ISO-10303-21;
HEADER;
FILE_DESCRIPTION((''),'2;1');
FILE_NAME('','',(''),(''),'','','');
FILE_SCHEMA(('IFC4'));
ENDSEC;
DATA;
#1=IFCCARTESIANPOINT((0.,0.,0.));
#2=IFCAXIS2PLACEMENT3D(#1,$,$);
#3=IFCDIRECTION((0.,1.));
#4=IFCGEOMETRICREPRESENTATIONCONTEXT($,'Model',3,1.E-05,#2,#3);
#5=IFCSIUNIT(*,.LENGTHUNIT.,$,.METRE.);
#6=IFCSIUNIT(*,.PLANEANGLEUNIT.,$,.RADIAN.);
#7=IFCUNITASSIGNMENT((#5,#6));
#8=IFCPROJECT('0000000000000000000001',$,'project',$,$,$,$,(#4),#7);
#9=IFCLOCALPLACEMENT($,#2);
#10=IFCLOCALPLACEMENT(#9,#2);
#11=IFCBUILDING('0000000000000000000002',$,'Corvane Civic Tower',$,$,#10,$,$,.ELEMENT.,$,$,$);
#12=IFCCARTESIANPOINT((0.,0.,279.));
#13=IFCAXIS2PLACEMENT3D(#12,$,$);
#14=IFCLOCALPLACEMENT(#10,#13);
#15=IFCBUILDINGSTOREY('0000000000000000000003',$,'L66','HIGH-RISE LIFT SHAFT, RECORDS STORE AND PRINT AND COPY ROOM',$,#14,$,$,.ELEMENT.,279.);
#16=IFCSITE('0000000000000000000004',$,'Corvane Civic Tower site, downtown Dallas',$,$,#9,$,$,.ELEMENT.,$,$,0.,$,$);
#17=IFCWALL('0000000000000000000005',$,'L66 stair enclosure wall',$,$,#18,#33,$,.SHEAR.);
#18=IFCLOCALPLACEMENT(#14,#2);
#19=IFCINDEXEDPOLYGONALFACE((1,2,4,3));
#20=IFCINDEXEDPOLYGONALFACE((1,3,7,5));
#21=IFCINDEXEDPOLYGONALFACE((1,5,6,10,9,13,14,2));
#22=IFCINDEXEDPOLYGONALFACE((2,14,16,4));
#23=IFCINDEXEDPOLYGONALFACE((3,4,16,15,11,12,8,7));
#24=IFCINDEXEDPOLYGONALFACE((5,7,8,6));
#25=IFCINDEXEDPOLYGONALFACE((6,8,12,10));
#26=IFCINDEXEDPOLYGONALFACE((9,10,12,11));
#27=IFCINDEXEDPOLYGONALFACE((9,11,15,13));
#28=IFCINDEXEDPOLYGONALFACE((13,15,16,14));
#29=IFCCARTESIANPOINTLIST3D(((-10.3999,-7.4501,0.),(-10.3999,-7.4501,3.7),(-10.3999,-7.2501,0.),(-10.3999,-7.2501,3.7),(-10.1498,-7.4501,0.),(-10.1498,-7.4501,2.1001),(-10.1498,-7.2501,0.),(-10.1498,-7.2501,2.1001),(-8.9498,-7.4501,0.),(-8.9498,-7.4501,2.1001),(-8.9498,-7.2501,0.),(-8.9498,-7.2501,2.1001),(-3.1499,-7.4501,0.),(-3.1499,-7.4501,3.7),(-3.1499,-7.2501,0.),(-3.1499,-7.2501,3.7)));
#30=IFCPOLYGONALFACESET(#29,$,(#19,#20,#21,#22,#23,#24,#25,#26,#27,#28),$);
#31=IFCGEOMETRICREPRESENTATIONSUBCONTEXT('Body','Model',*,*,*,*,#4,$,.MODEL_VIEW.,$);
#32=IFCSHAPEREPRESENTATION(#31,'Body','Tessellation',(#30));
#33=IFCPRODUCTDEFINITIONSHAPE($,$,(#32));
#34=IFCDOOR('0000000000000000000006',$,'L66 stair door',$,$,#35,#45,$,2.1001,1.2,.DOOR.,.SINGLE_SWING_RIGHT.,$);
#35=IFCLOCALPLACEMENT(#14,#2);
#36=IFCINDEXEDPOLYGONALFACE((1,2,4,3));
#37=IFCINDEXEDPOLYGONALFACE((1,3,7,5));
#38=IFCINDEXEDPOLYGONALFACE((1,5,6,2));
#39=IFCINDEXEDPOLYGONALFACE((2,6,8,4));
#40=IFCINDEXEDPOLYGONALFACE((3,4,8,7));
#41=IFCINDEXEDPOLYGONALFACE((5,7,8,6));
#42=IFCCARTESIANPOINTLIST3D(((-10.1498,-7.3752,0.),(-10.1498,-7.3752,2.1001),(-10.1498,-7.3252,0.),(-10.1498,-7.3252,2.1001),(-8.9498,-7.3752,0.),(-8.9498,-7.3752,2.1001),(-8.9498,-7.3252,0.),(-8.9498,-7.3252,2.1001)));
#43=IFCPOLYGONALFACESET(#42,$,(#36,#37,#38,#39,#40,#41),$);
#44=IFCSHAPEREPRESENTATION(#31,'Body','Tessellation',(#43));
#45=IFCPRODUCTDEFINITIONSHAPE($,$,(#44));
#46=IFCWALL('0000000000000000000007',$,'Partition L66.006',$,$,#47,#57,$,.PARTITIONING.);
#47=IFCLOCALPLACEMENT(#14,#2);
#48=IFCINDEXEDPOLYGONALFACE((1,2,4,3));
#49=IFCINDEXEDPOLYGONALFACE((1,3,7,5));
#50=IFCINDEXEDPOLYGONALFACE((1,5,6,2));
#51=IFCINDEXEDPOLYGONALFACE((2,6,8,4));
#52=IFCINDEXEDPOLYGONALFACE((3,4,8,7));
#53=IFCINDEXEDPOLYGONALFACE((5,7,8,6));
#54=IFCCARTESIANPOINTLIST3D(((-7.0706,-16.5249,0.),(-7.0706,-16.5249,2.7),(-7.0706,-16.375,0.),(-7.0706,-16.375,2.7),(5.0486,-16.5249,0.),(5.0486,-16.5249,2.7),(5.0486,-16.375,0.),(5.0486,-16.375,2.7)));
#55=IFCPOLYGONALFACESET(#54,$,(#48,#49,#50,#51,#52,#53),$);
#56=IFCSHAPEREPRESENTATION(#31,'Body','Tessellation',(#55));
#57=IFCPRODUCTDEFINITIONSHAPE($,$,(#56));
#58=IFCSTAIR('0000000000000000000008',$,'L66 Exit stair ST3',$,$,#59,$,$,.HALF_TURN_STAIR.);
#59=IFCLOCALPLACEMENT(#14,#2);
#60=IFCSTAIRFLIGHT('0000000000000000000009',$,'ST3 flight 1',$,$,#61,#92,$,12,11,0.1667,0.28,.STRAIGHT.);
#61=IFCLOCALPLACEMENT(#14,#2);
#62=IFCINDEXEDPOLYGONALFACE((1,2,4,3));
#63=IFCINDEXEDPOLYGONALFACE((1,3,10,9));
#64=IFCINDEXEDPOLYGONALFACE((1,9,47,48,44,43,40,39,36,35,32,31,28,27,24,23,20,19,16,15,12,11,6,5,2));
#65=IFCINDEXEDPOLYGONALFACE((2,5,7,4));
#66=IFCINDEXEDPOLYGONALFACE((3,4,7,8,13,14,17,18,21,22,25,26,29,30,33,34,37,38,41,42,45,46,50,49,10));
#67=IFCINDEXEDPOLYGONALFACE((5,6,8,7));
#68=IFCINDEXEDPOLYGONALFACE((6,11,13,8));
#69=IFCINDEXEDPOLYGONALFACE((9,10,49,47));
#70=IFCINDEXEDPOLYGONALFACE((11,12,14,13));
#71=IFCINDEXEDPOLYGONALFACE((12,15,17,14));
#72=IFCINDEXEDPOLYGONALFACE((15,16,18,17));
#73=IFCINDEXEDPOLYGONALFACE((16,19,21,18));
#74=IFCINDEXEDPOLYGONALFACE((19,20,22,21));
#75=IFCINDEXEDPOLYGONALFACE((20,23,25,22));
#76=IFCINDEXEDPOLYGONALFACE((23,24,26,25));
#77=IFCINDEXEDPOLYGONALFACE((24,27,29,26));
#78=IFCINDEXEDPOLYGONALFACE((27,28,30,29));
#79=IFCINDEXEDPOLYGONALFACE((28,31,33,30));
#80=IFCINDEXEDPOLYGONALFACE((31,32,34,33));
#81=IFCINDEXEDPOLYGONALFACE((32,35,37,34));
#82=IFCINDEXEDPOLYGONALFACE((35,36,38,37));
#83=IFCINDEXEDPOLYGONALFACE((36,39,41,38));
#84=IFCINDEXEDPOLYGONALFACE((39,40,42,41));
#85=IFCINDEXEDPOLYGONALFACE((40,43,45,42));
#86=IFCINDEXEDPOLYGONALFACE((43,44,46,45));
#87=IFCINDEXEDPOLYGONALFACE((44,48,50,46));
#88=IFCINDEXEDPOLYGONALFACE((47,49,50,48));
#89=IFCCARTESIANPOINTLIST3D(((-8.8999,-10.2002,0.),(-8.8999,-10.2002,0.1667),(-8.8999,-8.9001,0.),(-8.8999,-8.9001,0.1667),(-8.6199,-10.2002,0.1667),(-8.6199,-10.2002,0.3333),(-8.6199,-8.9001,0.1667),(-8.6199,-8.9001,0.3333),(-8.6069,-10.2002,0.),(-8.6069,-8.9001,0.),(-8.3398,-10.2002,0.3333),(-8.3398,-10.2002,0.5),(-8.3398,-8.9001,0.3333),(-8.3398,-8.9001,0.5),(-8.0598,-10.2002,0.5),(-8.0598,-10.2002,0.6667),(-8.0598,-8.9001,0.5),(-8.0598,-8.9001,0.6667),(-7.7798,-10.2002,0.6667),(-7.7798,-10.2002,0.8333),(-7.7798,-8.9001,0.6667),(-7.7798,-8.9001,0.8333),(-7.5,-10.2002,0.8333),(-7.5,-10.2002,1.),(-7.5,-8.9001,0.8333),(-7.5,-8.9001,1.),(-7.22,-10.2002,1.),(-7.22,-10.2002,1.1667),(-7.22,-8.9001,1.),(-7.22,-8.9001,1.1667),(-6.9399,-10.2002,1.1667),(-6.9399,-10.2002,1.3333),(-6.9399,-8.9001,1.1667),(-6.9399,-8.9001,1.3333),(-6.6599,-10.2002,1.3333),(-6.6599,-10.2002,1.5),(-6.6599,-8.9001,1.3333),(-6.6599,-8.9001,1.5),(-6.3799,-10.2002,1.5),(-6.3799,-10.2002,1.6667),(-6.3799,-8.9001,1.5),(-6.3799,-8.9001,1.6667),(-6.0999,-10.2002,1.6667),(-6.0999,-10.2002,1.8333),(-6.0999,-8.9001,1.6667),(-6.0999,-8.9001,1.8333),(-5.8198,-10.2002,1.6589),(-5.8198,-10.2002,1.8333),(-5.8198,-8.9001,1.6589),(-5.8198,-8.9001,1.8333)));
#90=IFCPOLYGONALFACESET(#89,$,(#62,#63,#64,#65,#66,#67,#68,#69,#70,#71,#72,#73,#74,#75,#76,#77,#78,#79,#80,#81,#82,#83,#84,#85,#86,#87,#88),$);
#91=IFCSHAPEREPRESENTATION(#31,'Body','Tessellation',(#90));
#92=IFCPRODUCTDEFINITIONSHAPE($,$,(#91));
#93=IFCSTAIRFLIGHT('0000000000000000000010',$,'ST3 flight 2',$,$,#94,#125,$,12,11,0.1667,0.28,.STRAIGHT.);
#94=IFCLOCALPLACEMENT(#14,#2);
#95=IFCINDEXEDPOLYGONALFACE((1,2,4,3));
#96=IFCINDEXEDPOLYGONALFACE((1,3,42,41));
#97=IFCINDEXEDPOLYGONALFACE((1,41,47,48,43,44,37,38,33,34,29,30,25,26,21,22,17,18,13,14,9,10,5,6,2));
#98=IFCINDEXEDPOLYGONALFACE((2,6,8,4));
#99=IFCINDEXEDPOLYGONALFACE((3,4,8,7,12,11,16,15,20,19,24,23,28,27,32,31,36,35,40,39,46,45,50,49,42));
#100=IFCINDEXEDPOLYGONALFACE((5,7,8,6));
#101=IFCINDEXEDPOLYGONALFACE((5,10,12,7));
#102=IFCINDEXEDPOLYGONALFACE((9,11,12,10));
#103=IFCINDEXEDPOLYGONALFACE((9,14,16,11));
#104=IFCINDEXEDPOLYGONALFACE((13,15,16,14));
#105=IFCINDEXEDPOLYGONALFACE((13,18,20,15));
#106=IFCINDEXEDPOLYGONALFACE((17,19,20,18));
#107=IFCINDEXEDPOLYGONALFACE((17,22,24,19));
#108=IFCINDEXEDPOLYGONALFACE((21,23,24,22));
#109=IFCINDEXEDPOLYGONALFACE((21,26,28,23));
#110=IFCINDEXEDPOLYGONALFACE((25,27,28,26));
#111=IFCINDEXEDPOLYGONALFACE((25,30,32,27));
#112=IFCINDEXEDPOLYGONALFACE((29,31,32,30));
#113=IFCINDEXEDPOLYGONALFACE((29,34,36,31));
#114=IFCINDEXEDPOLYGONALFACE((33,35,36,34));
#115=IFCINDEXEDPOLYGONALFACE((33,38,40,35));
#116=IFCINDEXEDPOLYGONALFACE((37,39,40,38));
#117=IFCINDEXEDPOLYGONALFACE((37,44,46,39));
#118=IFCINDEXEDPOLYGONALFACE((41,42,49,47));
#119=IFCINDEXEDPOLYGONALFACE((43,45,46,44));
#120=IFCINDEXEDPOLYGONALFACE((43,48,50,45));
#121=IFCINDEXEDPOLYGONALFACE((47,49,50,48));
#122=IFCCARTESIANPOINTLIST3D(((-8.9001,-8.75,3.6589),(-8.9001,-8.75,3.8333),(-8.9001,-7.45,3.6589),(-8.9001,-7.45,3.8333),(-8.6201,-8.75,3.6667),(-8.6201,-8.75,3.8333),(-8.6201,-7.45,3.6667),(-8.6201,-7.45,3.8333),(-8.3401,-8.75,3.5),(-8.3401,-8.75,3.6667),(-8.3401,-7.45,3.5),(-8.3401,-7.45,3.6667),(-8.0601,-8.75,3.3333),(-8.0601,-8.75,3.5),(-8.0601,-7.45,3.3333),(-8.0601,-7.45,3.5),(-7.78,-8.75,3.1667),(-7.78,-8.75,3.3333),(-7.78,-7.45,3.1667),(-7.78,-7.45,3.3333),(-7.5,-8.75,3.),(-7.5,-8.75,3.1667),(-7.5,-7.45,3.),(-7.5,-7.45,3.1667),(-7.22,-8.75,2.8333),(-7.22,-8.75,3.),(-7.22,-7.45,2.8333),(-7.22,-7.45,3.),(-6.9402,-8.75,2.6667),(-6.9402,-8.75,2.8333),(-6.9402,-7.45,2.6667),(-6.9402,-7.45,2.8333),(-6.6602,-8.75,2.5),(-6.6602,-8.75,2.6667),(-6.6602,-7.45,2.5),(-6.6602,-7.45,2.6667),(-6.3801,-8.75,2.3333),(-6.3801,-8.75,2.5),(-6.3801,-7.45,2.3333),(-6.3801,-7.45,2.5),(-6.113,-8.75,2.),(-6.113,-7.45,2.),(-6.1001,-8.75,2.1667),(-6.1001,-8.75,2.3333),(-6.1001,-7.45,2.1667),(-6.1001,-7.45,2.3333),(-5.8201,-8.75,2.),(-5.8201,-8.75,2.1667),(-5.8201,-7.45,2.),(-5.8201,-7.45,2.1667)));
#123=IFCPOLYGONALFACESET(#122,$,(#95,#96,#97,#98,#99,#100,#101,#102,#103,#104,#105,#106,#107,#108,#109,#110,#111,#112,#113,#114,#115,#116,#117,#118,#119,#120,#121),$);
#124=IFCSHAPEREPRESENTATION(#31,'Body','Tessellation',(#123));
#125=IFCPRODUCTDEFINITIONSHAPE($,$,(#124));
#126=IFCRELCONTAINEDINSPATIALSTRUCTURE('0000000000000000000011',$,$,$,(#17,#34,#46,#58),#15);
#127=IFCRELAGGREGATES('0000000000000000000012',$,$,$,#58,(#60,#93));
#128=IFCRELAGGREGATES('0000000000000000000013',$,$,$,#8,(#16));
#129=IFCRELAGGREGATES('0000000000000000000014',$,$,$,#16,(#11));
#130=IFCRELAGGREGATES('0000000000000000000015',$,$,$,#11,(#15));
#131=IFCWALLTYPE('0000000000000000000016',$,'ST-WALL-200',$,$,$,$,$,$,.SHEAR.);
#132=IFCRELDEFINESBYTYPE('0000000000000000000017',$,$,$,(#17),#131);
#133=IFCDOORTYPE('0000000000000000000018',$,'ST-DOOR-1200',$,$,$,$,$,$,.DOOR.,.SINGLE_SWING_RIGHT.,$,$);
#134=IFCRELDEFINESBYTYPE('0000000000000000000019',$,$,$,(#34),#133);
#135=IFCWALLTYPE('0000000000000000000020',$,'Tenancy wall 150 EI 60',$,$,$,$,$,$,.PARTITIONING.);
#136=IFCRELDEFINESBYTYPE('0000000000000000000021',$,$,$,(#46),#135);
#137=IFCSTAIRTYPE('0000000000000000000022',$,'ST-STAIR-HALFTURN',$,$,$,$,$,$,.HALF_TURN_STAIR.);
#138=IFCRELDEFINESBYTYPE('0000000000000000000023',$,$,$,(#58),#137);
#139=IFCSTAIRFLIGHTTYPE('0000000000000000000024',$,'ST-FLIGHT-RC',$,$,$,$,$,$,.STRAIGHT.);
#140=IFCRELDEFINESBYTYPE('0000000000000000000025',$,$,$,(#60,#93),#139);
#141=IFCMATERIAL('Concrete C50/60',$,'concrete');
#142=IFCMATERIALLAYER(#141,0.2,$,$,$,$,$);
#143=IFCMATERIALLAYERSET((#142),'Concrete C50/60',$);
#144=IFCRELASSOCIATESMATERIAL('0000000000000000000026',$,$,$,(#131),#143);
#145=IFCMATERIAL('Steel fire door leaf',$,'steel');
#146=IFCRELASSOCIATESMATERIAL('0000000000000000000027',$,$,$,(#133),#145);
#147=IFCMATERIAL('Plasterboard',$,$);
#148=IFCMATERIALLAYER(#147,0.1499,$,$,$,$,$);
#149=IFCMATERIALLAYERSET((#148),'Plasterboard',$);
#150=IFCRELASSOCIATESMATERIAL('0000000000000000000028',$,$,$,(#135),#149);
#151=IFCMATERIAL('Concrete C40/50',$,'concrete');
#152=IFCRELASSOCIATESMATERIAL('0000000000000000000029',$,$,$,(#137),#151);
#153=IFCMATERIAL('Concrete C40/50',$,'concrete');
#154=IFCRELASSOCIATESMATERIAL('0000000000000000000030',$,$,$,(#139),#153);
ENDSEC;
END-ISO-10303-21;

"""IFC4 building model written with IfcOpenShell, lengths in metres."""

from ifc_helpers import new_model, si_unit, direction, frame, frame_2d, origin, place, context, subcontext, project, spatial, polyline, rectangle, outline, extrude, material, layer, layer_set, type_object, element, fill, aggregate, save


model = new_model("IFC4")

# Units and contexts
model_context = context("Model", 3, precision=1e-05, world=origin(), true_north=direction((0.0, 1.0)))
body_context = subcontext(model_context, "Body", "Model", "MODEL_VIEW")
ifc_project = project(units=[si_unit("LENGTHUNIT", "METRE"), si_unit("PLANEANGLEUNIT", "RADIAN")], contexts=[model_context])

# Site, building, storey
site_placement = place(None, origin())
site = spatial("IfcSite", under=ifc_project, at=site_placement, Name="Corvane Civic Tower site, downtown Dallas", CompositionType="ELEMENT", RefElevation=0.0)
building_placement = place(site_placement, origin())
building = spatial("IfcBuilding", under=site, at=building_placement, Name="Corvane Civic Tower", CompositionType="ELEMENT")
storey_placement = place(building_placement, frame((0.0, 0.0, 279.0)))
storey = spatial("IfcBuildingStorey", under=building, at=storey_placement, Name="L66", Description="HIGH-RISE LIFT SHAFT, RECORDS STORE AND PRINT AND COPY ROOM", CompositionType="ELEMENT", Elevation=279.0)

# Wall, opening, door
ifc_material_1 = material(Name="Concrete C50/60", Category="concrete")
ifc_layer_1 = layer(ifc_material_1, 0.2)
ifc_layer_set_1 = layer_set([ifc_layer_1], Name="Concrete C50/60")
wall_type_1 = type_object("IfcWallType", Name="ST-WALL-200", PredefinedType="SHEAR", material=ifc_layer_set_1)
wall_1_placement = place(storey_placement, frame((-10.3999, -7.3501, 0.0), z_axis=(0.0, 0.0, 1.0), x_axis=(1.0, 0.0, 0.0)))
wall_1 = element("IfcWall", 1, at=wall_1_placement, inside=storey, type_object=wall_type_1, Name="L66 stair enclosure wall", PredefinedType="SHEAR", context=body_context, shape_type="SweptSolid", body=[
    extrude(rectangle(XDim=7.25, YDim=0.2, at=frame_2d((3.625, 0.0))), origin(), (0.0, 0.0, 1.0), 3.7),
])
opening_1_placement = place(wall_1_placement, frame((0.25, 0.0, 0.0)))
opening_1 = element("IfcOpeningElement", 2, at=opening_1_placement, cuts=wall_1, PredefinedType="OPENING", context=body_context, shape_type="SweptSolid", body=[
    extrude(rectangle(XDim=1.2, YDim=2.1001, at=frame_2d((0.6001, 1.05))), frame((0.0, 0.1099, 0.0), z_axis=(0.0, -1.0, 0.0), x_axis=(1.0, 0.0, 0.0)), (0.0, 0.0, 1.0), 0.22),
])
ifc_material_2 = material(Name="Steel fire door leaf", Category="steel")
door_type_1 = type_object("IfcDoorType", Name="ST-DOOR-1200", OperationType="SINGLE_SWING_RIGHT", PredefinedType="DOOR", material=ifc_material_2)
door_1_placement = place(opening_1_placement, origin())
door_1 = element("IfcDoor", 3, at=door_1_placement, inside=storey, type_object=door_type_1, Name="L66 stair door", OperationType="SINGLE_SWING_RIGHT", OverallHeight=2.1001, OverallWidth=1.2, PredefinedType="DOOR", context=body_context, shape_type="SweptSolid", body=[
    extrude(rectangle(XDim=1.2, YDim=2.1001, at=frame_2d((0.6001, 1.05))), frame((0.0, 0.0249, 0.0), z_axis=(0.0, -1.0, 0.0), x_axis=(1.0, 0.0, 0.0)), (0.0, 0.0, 1.0), 0.05),
])
fill(opening_1, door_1)

# Wall
ifc_material_3 = material(Name="Plasterboard")
ifc_layer_2 = layer(ifc_material_3, 0.1499)
ifc_layer_set_2 = layer_set([ifc_layer_2], Name="Plasterboard")
wall_type_2 = type_object("IfcWallType", Name="Tenancy wall 150 EI 60", PredefinedType="PARTITIONING", material=ifc_layer_set_2)
wall_2_placement = place(storey_placement, frame((-7.0706, -16.45, 0.0), z_axis=(0.0, 0.0, 1.0), x_axis=(1.0, 0.0, 0.0)))
element("IfcWall", 4, at=wall_2_placement, inside=storey, type_object=wall_type_2, Name="Partition L66.006", PredefinedType="PARTITIONING", context=body_context, shape_type="SweptSolid", body=[
    extrude(rectangle(XDim=12.1191, YDim=0.1499, at=frame_2d((6.0596, 0.0))), origin(), (0.0, 0.0, 1.0), 2.7),
])

# Stair, stair flights
ifc_material_4 = material(Name="Concrete C40/50", Category="concrete")
stair_type = type_object("IfcStairType", Name="ST-STAIR-HALFTURN", PredefinedType="HALF_TURN_STAIR", material=ifc_material_4)
stair_placement = place(storey_placement, origin())
stair = element("IfcStair", 5, at=stair_placement, inside=storey, type_object=stair_type, Name="L66 Exit stair ST3", PredefinedType="HALF_TURN_STAIR")
ifc_material_5 = material(Name="Concrete C40/50", Category="concrete")
stair_flight_type = type_object("IfcStairFlightType", Name="ST-FLIGHT-RC", PredefinedType="STRAIGHT", material=ifc_material_5)
stair_flight_1_placement = place(storey_placement, frame((-8.8999, -9.55, 0.0), z_axis=(0.0, 0.0, 1.0), x_axis=(1.0, 0.0, 0.0)))
stair_flight_1 = element("IfcStairFlight", 6, at=stair_flight_1_placement, type_object=stair_flight_type, Name="ST3 flight 1", NumberOfRisers=12, NumberOfTreads=11, PredefinedType="STRAIGHT", RiserHeight=0.1667, TreadLength=0.28, context=body_context, shape_type="SweptSolid", body=[
    extrude(outline(polyline([(0.0, 0.0), (0.0, 0.1667), (0.28, 0.1667), (0.28, 0.3333), (0.5601, 0.3333), (0.5601, 0.5), (0.8401, 0.5), (0.8401, 0.6667), (1.1201, 0.6667), (1.1201, 0.8333), (1.3999, 0.8333), (1.3999, 1.0), (1.6799, 1.0), (1.6799, 1.1667), (1.96, 1.1667), (1.96, 1.3333), (2.24, 1.3333), (2.24, 1.5), (2.52, 1.5), (2.52, 1.6667), (2.8, 1.6667), (2.8, 1.8333), (3.0801, 1.8333), (3.0801, 2.0), (3.0801, 1.6589), (0.293, 0.0), (0.0, 0.0)])), frame((0.0, 0.6499, 0.0), z_axis=(0.0, -1.0, 0.0), x_axis=(1.0, 0.0, 0.0)), (0.0, 0.0, 1.0), 1.3),
])
stair_flight_2_placement = place(storey_placement, frame((-5.8201, -8.1001, 2.0), z_axis=(0.0, 0.0, 1.0), x_axis=(-1.0, 0.0, 0.0)))
stair_flight_2 = element("IfcStairFlight", 7, at=stair_flight_2_placement, type_object=stair_flight_type, Name="ST3 flight 2", NumberOfRisers=12, NumberOfTreads=11, PredefinedType="STRAIGHT", RiserHeight=0.1667, TreadLength=0.28, context=body_context, shape_type="SweptSolid", body=[
    extrude(outline(polyline([(0.0, 0.0), (0.0, 0.1667), (0.28, 0.1667), (0.28, 0.3333), (0.5601, 0.3333), (0.5601, 0.5), (0.8401, 0.5), (0.8401, 0.6667), (1.1201, 0.6667), (1.1201, 0.8333), (1.3999, 0.8333), (1.3999, 1.0), (1.6799, 1.0), (1.6799, 1.1667), (1.96, 1.1667), (1.96, 1.3333), (2.24, 1.3333), (2.24, 1.5), (2.52, 1.5), (2.52, 1.6667), (2.8, 1.6667), (2.8, 1.8333), (3.0801, 1.8333), (3.0801, 2.0), (3.0801, 1.6589), (0.293, 0.0), (0.0, 0.0)])), frame((0.0, 0.6499, 0.0), z_axis=(0.0, -1.0, 0.0), x_axis=(1.0, 0.0, 0.0)), (0.0, 0.0, 1.0), 1.3),
])
aggregate(stair, [stair_flight_1, stair_flight_2])

save(model, "model.ifc")
